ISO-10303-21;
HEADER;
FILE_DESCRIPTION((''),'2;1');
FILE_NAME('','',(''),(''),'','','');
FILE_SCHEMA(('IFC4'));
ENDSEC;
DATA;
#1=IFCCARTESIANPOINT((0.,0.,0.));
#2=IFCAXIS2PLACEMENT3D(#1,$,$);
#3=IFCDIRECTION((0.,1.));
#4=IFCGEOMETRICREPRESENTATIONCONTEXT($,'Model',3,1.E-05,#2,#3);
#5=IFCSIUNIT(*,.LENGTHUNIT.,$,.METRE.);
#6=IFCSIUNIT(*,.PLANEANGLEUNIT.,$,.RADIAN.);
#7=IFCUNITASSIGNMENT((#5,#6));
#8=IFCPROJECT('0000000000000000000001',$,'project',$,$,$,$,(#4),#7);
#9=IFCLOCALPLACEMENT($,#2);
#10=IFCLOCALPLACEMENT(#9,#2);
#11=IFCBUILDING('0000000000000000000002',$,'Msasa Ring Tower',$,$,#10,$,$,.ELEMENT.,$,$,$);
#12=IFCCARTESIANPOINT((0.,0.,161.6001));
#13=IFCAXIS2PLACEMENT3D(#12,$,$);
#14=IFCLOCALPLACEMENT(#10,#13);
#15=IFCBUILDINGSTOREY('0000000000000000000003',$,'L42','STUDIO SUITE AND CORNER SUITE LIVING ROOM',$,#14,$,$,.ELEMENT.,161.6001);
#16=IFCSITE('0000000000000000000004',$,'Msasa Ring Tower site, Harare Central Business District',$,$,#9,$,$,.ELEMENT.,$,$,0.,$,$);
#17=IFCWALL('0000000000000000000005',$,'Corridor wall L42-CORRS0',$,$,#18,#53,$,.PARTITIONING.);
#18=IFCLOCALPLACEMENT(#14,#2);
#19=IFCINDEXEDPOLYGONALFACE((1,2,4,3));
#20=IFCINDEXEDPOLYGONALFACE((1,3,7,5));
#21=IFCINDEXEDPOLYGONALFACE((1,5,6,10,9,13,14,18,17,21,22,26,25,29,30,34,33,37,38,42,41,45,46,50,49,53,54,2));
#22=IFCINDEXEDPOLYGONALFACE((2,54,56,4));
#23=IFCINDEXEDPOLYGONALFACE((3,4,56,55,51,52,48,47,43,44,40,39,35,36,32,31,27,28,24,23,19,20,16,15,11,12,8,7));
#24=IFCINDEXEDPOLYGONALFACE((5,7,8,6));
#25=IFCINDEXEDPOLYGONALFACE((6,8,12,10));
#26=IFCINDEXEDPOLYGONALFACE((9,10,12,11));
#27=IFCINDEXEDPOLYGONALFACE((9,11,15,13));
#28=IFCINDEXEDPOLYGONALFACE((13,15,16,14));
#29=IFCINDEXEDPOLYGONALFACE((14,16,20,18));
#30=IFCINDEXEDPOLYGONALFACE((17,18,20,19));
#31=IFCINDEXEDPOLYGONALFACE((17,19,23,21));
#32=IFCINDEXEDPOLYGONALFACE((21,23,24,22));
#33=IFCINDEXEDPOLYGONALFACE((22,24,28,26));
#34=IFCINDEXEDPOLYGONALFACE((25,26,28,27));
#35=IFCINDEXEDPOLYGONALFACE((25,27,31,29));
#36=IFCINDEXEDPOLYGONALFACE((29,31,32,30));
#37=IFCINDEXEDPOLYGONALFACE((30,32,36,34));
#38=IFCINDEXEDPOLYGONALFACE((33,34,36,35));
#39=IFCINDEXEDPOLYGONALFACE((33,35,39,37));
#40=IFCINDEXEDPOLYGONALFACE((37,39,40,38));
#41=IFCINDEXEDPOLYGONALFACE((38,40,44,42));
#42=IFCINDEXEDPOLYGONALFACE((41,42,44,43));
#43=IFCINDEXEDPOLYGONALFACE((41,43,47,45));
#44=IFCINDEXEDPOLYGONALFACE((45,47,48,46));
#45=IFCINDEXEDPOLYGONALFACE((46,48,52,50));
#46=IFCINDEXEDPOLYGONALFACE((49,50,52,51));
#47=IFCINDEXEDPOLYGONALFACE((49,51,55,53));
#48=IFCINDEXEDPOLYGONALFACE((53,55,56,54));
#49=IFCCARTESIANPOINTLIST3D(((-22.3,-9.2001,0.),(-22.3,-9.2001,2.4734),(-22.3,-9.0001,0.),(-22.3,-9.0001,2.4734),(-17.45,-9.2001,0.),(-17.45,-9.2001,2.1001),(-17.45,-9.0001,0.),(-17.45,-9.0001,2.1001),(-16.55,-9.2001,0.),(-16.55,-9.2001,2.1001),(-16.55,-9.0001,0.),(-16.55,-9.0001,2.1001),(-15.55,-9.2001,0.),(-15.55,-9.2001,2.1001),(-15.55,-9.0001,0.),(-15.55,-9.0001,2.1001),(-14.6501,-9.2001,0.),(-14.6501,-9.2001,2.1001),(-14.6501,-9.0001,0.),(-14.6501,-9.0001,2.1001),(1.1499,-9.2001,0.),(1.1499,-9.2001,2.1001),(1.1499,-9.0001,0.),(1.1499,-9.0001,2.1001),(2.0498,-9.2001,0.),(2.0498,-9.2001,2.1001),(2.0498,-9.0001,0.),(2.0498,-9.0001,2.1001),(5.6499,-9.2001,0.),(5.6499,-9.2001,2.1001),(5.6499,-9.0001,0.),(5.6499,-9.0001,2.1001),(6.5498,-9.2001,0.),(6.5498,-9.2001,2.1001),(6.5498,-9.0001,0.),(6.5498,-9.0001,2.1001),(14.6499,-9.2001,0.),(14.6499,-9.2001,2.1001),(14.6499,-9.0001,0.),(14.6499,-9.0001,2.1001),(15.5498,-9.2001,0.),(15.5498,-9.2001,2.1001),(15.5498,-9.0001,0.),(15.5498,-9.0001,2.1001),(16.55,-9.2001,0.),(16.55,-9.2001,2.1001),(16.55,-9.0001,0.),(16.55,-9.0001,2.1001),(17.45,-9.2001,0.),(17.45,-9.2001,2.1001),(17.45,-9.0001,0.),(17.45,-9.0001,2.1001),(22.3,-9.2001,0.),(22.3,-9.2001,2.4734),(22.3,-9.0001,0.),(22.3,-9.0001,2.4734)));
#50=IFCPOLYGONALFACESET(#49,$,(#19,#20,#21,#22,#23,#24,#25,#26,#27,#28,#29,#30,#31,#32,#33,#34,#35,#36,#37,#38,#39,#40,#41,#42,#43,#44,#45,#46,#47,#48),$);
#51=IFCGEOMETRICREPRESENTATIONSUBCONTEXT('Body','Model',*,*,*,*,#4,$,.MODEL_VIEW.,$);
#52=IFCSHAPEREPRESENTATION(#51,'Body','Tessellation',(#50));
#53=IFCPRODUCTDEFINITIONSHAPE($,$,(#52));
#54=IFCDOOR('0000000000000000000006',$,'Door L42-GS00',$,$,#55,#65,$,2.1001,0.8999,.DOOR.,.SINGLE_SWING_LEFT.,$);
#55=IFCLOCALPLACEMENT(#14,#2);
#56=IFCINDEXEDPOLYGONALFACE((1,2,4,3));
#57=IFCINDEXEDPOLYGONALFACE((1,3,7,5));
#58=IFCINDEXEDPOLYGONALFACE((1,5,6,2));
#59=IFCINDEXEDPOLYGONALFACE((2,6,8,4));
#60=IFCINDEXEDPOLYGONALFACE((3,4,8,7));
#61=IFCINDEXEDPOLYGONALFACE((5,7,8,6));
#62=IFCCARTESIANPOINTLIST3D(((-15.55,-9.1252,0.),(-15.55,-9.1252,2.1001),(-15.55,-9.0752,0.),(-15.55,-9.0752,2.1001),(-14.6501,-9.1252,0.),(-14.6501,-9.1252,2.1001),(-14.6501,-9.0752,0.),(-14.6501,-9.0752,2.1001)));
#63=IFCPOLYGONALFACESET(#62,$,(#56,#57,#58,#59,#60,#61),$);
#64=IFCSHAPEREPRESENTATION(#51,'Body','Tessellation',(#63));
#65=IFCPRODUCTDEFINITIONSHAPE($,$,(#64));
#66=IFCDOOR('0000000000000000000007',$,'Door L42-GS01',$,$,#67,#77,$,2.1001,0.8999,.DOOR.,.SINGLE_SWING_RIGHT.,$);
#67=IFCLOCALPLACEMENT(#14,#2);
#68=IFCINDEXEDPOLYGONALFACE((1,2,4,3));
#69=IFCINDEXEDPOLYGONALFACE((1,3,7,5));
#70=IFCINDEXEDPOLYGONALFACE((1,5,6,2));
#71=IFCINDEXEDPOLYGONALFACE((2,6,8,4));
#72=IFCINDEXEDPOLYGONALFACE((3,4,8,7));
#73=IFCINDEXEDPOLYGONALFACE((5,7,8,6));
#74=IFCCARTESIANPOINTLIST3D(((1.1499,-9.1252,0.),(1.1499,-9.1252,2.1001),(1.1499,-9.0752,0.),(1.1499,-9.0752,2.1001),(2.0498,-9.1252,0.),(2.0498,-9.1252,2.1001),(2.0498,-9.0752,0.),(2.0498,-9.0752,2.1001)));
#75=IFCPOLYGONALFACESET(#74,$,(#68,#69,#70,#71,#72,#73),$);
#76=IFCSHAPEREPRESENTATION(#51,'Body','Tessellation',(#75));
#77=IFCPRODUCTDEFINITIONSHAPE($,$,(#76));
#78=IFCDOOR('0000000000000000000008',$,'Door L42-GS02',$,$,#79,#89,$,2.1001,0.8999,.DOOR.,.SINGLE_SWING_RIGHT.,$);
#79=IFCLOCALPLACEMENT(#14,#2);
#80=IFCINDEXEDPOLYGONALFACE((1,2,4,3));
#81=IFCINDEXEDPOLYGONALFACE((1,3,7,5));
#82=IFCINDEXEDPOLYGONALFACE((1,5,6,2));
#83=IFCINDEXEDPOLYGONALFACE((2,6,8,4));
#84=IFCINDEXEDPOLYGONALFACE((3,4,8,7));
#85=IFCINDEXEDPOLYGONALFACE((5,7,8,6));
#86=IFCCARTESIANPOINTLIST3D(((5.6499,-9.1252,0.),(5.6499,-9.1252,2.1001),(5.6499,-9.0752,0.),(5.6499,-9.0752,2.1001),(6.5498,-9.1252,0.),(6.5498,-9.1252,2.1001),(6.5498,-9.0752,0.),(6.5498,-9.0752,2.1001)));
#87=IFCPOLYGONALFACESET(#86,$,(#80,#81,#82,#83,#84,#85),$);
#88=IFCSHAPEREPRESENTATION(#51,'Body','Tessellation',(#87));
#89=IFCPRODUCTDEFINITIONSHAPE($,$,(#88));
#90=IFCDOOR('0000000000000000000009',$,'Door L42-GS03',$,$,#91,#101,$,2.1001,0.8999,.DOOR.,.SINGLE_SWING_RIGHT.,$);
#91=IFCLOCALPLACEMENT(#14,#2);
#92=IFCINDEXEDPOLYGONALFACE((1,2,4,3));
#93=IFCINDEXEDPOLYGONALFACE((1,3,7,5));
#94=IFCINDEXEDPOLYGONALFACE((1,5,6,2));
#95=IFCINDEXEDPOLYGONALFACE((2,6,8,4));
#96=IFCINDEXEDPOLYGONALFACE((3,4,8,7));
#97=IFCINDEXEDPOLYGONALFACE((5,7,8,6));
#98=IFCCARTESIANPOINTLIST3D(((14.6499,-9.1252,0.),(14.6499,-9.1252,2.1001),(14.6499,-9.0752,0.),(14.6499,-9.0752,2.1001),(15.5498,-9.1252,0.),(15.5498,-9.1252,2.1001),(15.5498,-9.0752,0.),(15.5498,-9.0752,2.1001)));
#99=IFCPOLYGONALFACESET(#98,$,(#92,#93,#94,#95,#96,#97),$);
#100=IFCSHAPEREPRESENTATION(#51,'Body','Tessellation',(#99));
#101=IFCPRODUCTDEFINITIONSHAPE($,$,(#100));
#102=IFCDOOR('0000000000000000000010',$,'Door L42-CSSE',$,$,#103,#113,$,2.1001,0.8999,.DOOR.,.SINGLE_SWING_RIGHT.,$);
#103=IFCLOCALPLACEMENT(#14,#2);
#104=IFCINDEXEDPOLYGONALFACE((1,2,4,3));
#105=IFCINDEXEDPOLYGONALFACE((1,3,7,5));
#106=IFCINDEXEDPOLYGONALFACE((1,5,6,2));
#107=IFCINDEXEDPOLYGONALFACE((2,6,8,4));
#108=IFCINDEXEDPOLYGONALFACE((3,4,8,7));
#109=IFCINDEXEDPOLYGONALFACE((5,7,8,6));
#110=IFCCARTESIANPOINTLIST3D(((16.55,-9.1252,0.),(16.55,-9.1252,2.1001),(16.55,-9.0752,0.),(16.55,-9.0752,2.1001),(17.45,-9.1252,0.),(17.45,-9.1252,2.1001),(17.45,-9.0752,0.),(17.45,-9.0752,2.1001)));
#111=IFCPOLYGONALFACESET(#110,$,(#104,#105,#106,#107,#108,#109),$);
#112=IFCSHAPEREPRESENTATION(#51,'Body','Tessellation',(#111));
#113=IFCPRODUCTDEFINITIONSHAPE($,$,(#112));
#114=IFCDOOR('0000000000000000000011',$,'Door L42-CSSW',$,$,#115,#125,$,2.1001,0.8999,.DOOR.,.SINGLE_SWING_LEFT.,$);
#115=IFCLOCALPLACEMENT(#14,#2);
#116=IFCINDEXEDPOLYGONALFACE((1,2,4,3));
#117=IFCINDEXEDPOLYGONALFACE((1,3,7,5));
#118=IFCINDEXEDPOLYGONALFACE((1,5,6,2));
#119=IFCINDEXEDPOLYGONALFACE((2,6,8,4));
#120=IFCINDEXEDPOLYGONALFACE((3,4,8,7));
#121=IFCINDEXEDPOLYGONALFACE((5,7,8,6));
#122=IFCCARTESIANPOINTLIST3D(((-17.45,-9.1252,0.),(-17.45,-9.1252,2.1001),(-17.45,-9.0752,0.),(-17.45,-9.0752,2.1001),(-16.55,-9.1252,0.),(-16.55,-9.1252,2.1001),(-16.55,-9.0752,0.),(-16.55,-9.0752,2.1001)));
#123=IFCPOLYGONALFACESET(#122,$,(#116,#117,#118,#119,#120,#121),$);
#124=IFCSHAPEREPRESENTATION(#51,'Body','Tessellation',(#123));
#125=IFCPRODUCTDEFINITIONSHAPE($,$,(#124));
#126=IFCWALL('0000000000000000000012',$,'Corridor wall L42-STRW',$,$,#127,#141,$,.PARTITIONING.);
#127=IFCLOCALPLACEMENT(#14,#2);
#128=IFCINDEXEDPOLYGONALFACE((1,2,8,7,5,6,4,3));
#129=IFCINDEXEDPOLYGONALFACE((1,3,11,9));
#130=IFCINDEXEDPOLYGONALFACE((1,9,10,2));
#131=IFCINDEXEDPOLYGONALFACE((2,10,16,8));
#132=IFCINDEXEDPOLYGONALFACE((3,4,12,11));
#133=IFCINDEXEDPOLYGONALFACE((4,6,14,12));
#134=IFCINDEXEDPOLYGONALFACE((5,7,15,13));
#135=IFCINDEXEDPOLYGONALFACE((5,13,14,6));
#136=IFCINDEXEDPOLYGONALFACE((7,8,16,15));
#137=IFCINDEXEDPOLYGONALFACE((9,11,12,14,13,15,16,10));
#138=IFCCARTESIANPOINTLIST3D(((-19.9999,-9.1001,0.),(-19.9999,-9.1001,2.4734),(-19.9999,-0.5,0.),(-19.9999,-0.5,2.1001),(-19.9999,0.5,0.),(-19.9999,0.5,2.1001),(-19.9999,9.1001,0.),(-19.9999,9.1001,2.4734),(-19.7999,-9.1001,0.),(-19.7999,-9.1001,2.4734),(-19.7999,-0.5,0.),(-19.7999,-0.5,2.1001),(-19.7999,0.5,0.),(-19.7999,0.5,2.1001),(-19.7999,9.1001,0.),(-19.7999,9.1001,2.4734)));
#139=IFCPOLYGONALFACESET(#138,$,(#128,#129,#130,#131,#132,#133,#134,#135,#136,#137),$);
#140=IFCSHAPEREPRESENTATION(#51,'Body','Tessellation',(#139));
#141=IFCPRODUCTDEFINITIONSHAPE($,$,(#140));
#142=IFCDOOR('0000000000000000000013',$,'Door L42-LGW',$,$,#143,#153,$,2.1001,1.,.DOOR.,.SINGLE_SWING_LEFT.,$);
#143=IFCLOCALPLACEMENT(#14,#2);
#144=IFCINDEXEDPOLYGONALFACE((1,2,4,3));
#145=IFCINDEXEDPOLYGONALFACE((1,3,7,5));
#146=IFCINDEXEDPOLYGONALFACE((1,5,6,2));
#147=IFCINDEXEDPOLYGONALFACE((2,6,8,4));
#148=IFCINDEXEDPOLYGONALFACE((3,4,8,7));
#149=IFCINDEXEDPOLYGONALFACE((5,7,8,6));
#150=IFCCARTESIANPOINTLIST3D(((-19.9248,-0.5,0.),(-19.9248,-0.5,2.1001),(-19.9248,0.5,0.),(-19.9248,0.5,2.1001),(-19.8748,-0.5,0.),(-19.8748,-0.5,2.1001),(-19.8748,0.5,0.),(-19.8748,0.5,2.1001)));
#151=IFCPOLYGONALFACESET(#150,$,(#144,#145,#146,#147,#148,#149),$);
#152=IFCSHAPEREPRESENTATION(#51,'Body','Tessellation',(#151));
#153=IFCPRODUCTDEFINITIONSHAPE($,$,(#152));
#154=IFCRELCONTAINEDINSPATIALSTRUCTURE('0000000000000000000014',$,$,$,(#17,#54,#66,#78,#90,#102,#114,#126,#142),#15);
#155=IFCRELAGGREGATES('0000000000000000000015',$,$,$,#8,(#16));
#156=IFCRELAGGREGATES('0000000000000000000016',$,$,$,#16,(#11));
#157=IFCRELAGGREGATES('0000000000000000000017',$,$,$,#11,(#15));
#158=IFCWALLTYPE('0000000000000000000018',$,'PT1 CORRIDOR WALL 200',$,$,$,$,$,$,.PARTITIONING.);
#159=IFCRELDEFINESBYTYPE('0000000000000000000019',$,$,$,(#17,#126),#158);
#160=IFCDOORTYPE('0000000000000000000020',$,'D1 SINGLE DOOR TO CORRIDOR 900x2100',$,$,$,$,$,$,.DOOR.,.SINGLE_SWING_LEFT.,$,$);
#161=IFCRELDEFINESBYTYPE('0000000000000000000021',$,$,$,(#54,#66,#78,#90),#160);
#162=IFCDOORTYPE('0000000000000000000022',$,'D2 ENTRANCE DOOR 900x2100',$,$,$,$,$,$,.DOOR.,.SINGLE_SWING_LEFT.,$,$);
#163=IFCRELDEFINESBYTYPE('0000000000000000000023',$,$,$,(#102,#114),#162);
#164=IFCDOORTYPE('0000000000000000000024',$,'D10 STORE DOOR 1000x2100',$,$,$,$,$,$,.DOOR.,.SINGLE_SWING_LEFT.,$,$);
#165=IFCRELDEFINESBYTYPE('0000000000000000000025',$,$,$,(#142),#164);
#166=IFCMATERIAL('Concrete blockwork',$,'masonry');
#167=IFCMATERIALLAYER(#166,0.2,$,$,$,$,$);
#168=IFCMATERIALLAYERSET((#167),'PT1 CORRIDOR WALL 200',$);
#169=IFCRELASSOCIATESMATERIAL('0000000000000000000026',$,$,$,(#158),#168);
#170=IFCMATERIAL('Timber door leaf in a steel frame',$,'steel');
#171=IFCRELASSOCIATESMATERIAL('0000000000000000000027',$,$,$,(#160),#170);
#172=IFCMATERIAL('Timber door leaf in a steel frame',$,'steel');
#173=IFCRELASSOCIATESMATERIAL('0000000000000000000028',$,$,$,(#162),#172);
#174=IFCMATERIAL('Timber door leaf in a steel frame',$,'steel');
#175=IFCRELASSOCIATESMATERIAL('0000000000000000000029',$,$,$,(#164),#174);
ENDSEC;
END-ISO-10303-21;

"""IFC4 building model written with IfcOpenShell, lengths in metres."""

from ifc_helpers import new_model, si_unit, direction, frame, frame_2d, origin, place, context, subcontext, project, spatial, rectangle, extrude, material, layer, layer_set, type_object, element, fill, save


model = new_model("IFC4")

# Units and contexts
model_context = context("Model", 3, precision=1e-05, world=origin(), true_north=direction((0.0, 1.0)))
body_context = subcontext(model_context, "Body", "Model", "MODEL_VIEW")
ifc_project = project(units=[si_unit("LENGTHUNIT", "METRE"), si_unit("PLANEANGLEUNIT", "RADIAN")], contexts=[model_context])

# Site, building, storey
site_placement = place(None, origin())
site = spatial("IfcSite", under=ifc_project, at=site_placement, Name="Msasa Ring Tower site, Harare Central Business District", CompositionType="ELEMENT", RefElevation=0.0)
building_placement = place(site_placement, origin())
building = spatial("IfcBuilding", under=site, at=building_placement, Name="Msasa Ring Tower", CompositionType="ELEMENT")
storey_placement = place(building_placement, frame((0.0, 0.0, 161.6001)))
storey = spatial("IfcBuildingStorey", under=building, at=storey_placement, Name="L42", Description="STUDIO SUITE AND CORNER SUITE LIVING ROOM", CompositionType="ELEMENT", Elevation=161.6001)

# Wall, openings, doors
ifc_material_1 = material(Name="Concrete blockwork", Category="masonry")
ifc_layer_1 = layer(ifc_material_1, 0.2)
ifc_layer_set_1 = layer_set([ifc_layer_1], Name="PT1 CORRIDOR WALL 200")
wall_type_1 = type_object("IfcWallType", Name="PT1 CORRIDOR WALL 200", PredefinedType="PARTITIONING", material=ifc_layer_set_1)
wall_1_placement = place(storey_placement, frame((-22.3, -9.1001, 0.0), z_axis=(0.0, 0.0, 1.0), x_axis=(1.0, 0.0, 0.0)))
wall_1 = element("IfcWall", 1, at=wall_1_placement, inside=storey, type_object=wall_type_1, Name="Corridor wall L42-CORRS0", PredefinedType="PARTITIONING", context=body_context, shape_type="SweptSolid", body=[
    extrude(rectangle(XDim=44.6001, YDim=0.2, at=frame_2d((22.3, 0.0))), origin(), (0.0, 0.0, 1.0), 2.4734),
])
opening_1_placement = place(wall_1_placement, frame((6.75, 0.0, 0.0)))
opening_1 = element("IfcOpeningElement", 2, at=opening_1_placement, cuts=wall_1, PredefinedType="OPENING", context=body_context, shape_type="SweptSolid", body=[
    extrude(rectangle(XDim=0.8999, YDim=2.1001, at=frame_2d((0.45, 1.05))), frame((0.0, 0.1099, 0.0), z_axis=(0.0, -1.0, 0.0), x_axis=(1.0, 0.0, 0.0)), (0.0, 0.0, 1.0), 0.22),
])
opening_2_placement = place(wall_1_placement, frame((23.45, 0.0, 0.0)))
opening_2 = element("IfcOpeningElement", 3, at=opening_2_placement, cuts=wall_1, PredefinedType="OPENING", context=body_context, shape_type="SweptSolid", body=[
    extrude(rectangle(XDim=0.8999, YDim=2.1001, at=frame_2d((0.45, 1.05))), frame((0.0, 0.1099, 0.0), z_axis=(0.0, -1.0, 0.0), x_axis=(1.0, 0.0, 0.0)), (0.0, 0.0, 1.0), 0.22),
])
opening_3_placement = place(wall_1_placement, frame((27.95, 0.0, 0.0)))
opening_3 = element("IfcOpeningElement", 4, at=opening_3_placement, cuts=wall_1, PredefinedType="OPENING", context=body_context, shape_type="SweptSolid", body=[
    extrude(rectangle(XDim=0.8999, YDim=2.1001, at=frame_2d((0.45, 1.05))), frame((0.0, 0.1099, 0.0), z_axis=(0.0, -1.0, 0.0), x_axis=(1.0, 0.0, 0.0)), (0.0, 0.0, 1.0), 0.22),
])
opening_4_placement = place(wall_1_placement, frame((36.95, 0.0, 0.0)))
opening_4 = element("IfcOpeningElement", 5, at=opening_4_placement, cuts=wall_1, PredefinedType="OPENING", context=body_context, shape_type="SweptSolid", body=[
    extrude(rectangle(XDim=0.8999, YDim=2.1001, at=frame_2d((0.45, 1.05))), frame((0.0, 0.1099, 0.0), z_axis=(0.0, -1.0, 0.0), x_axis=(1.0, 0.0, 0.0)), (0.0, 0.0, 1.0), 0.22),
])
opening_5_placement = place(wall_1_placement, frame((38.8501, 0.0, 0.0)))
opening_5 = element("IfcOpeningElement", 6, at=opening_5_placement, cuts=wall_1, PredefinedType="OPENING", context=body_context, shape_type="SweptSolid", body=[
    extrude(rectangle(XDim=0.8999, YDim=2.1001, at=frame_2d((0.45, 1.05))), frame((0.0, 0.1099, 0.0), z_axis=(0.0, -1.0, 0.0), x_axis=(1.0, 0.0, 0.0)), (0.0, 0.0, 1.0), 0.22),
])
opening_6_placement = place(wall_1_placement, frame((4.8501, 0.0, 0.0)))
opening_6 = element("IfcOpeningElement", 7, at=opening_6_placement, cuts=wall_1, PredefinedType="OPENING", context=body_context, shape_type="SweptSolid", body=[
    extrude(rectangle(XDim=0.8999, YDim=2.1001, at=frame_2d((0.45, 1.05))), frame((0.0, 0.1099, 0.0), z_axis=(0.0, -1.0, 0.0), x_axis=(1.0, 0.0, 0.0)), (0.0, 0.0, 1.0), 0.22),
])
ifc_material_2 = material(Name="Timber door leaf in a steel frame", Category="steel")
door_type_1 = type_object("IfcDoorType", Name="D1 SINGLE DOOR TO CORRIDOR 900x2100", OperationType="SINGLE_SWING_LEFT", PredefinedType="DOOR", material=ifc_material_2)
door_1_placement = place(opening_1_placement, origin())
door_1 = element("IfcDoor", 8, at=door_1_placement, inside=storey, type_object=door_type_1, Name="Door L42-GS00", OperationType="SINGLE_SWING_LEFT", OverallHeight=2.1001, OverallWidth=0.8999, PredefinedType="DOOR", context=body_context, shape_type="SweptSolid", body=[
    extrude(rectangle(XDim=0.8999, YDim=2.1001, at=frame_2d((0.45, 1.05))), frame((0.0, 0.0249, 0.0), z_axis=(0.0, -1.0, 0.0), x_axis=(1.0, 0.0, 0.0)), (0.0, 0.0, 1.0), 0.05),
])
fill(opening_1, door_1)
door_2_placement = place(opening_2_placement, origin())
door_2 = element("IfcDoor", 9, at=door_2_placement, inside=storey, type_object=door_type_1, Name="Door L42-GS01", OperationType="SINGLE_SWING_RIGHT", OverallHeight=2.1001, OverallWidth=0.8999, PredefinedType="DOOR", context=body_context, shape_type="SweptSolid", body=[
    extrude(rectangle(XDim=0.8999, YDim=2.1001, at=frame_2d((0.45, 1.05))), frame((0.0, 0.0249, 0.0), z_axis=(0.0, -1.0, 0.0), x_axis=(1.0, 0.0, 0.0)), (0.0, 0.0, 1.0), 0.05),
])
fill(opening_2, door_2)
door_3_placement = place(opening_3_placement, origin())
door_3 = element("IfcDoor", 10, at=door_3_placement, inside=storey, type_object=door_type_1, Name="Door L42-GS02", OperationType="SINGLE_SWING_RIGHT", OverallHeight=2.1001, OverallWidth=0.8999, PredefinedType="DOOR", context=body_context, shape_type="SweptSolid", body=[
    extrude(rectangle(XDim=0.8999, YDim=2.1001, at=frame_2d((0.45, 1.05))), frame((0.0, 0.0249, 0.0), z_axis=(0.0, -1.0, 0.0), x_axis=(1.0, 0.0, 0.0)), (0.0, 0.0, 1.0), 0.05),
])
fill(opening_3, door_3)
door_4_placement = place(opening_4_placement, origin())
door_4 = element("IfcDoor", 11, at=door_4_placement, inside=storey, type_object=door_type_1, Name="Door L42-GS03", OperationType="SINGLE_SWING_RIGHT", OverallHeight=2.1001, OverallWidth=0.8999, PredefinedType="DOOR", context=body_context, shape_type="SweptSolid", body=[
    extrude(rectangle(XDim=0.8999, YDim=2.1001, at=frame_2d((0.45, 1.05))), frame((0.0, 0.0249, 0.0), z_axis=(0.0, -1.0, 0.0), x_axis=(1.0, 0.0, 0.0)), (0.0, 0.0, 1.0), 0.05),
])
fill(opening_4, door_4)
ifc_material_3 = material(Name="Timber door leaf in a steel frame", Category="steel")
door_type_2 = type_object("IfcDoorType", Name="D2 ENTRANCE DOOR 900x2100", OperationType="SINGLE_SWING_LEFT", PredefinedType="DOOR", material=ifc_material_3)
door_5_placement = place(opening_5_placement, origin())
door_5 = element("IfcDoor", 12, at=door_5_placement, inside=storey, type_object=door_type_2, Name="Door L42-CSSE", OperationType="SINGLE_SWING_RIGHT", OverallHeight=2.1001, OverallWidth=0.8999, PredefinedType="DOOR", context=body_context, shape_type="SweptSolid", body=[
    extrude(rectangle(XDim=0.8999, YDim=2.1001, at=frame_2d((0.45, 1.05))), frame((0.0, 0.0249, 0.0), z_axis=(0.0, -1.0, 0.0), x_axis=(1.0, 0.0, 0.0)), (0.0, 0.0, 1.0), 0.05),
])
fill(opening_5, door_5)
door_6_placement = place(opening_6_placement, origin())
door_6 = element("IfcDoor", 13, at=door_6_placement, inside=storey, type_object=door_type_2, Name="Door L42-CSSW", OperationType="SINGLE_SWING_LEFT", OverallHeight=2.1001, OverallWidth=0.8999, PredefinedType="DOOR", context=body_context, shape_type="SweptSolid", body=[
    extrude(rectangle(XDim=0.8999, YDim=2.1001, at=frame_2d((0.45, 1.05))), frame((0.0, 0.0249, 0.0), z_axis=(0.0, -1.0, 0.0), x_axis=(1.0, 0.0, 0.0)), (0.0, 0.0, 1.0), 0.05),
])
fill(opening_6, door_6)

# Wall, opening, door
wall_2_placement = place(storey_placement, frame((-19.8999, -9.1001, 0.0), z_axis=(0.0, 0.0, 1.0), x_axis=(0.0, 1.0, 0.0)))
wall_2 = element("IfcWall", 14, at=wall_2_placement, inside=storey, type_object=wall_type_1, Name="Corridor wall L42-STRW", PredefinedType="PARTITIONING", context=body_context, shape_type="SweptSolid", body=[
    extrude(rectangle(XDim=18.2002, YDim=0.2, at=frame_2d((9.1001, 0.0))), origin(), (0.0, 0.0, 1.0), 2.4734),
])
opening_7_placement = place(wall_2_placement, frame((8.6001, 0.0, 0.0)))
opening_7 = element("IfcOpeningElement", 15, at=opening_7_placement, cuts=wall_2, PredefinedType="OPENING", context=body_context, shape_type="SweptSolid", body=[
    extrude(rectangle(XDim=1.0, YDim=2.1001, at=frame_2d((0.5, 1.05))), frame((0.0, 0.1099, 0.0), z_axis=(0.0, -1.0, 0.0), x_axis=(1.0, 0.0, 0.0)), (0.0, 0.0, 1.0), 0.22),
])
ifc_material_4 = material(Name="Timber door leaf in a steel frame", Category="steel")
door_type_3 = type_object("IfcDoorType", Name="D10 STORE DOOR 1000x2100", OperationType="SINGLE_SWING_LEFT", PredefinedType="DOOR", material=ifc_material_4)
door_7_placement = place(opening_7_placement, origin())
door_7 = element("IfcDoor", 16, at=door_7_placement, inside=storey, type_object=door_type_3, Name="Door L42-LGW", OperationType="SINGLE_SWING_LEFT", OverallHeight=2.1001, OverallWidth=1.0, PredefinedType="DOOR", context=body_context, shape_type="SweptSolid", body=[
    extrude(rectangle(XDim=1.0, YDim=2.1001, at=frame_2d((0.5, 1.05))), frame((0.0, 0.0249, 0.0), z_axis=(0.0, -1.0, 0.0), x_axis=(1.0, 0.0, 0.0)), (0.0, 0.0, 1.0), 0.05),
])
fill(opening_7, door_7)

save(model, "model.ifc")
